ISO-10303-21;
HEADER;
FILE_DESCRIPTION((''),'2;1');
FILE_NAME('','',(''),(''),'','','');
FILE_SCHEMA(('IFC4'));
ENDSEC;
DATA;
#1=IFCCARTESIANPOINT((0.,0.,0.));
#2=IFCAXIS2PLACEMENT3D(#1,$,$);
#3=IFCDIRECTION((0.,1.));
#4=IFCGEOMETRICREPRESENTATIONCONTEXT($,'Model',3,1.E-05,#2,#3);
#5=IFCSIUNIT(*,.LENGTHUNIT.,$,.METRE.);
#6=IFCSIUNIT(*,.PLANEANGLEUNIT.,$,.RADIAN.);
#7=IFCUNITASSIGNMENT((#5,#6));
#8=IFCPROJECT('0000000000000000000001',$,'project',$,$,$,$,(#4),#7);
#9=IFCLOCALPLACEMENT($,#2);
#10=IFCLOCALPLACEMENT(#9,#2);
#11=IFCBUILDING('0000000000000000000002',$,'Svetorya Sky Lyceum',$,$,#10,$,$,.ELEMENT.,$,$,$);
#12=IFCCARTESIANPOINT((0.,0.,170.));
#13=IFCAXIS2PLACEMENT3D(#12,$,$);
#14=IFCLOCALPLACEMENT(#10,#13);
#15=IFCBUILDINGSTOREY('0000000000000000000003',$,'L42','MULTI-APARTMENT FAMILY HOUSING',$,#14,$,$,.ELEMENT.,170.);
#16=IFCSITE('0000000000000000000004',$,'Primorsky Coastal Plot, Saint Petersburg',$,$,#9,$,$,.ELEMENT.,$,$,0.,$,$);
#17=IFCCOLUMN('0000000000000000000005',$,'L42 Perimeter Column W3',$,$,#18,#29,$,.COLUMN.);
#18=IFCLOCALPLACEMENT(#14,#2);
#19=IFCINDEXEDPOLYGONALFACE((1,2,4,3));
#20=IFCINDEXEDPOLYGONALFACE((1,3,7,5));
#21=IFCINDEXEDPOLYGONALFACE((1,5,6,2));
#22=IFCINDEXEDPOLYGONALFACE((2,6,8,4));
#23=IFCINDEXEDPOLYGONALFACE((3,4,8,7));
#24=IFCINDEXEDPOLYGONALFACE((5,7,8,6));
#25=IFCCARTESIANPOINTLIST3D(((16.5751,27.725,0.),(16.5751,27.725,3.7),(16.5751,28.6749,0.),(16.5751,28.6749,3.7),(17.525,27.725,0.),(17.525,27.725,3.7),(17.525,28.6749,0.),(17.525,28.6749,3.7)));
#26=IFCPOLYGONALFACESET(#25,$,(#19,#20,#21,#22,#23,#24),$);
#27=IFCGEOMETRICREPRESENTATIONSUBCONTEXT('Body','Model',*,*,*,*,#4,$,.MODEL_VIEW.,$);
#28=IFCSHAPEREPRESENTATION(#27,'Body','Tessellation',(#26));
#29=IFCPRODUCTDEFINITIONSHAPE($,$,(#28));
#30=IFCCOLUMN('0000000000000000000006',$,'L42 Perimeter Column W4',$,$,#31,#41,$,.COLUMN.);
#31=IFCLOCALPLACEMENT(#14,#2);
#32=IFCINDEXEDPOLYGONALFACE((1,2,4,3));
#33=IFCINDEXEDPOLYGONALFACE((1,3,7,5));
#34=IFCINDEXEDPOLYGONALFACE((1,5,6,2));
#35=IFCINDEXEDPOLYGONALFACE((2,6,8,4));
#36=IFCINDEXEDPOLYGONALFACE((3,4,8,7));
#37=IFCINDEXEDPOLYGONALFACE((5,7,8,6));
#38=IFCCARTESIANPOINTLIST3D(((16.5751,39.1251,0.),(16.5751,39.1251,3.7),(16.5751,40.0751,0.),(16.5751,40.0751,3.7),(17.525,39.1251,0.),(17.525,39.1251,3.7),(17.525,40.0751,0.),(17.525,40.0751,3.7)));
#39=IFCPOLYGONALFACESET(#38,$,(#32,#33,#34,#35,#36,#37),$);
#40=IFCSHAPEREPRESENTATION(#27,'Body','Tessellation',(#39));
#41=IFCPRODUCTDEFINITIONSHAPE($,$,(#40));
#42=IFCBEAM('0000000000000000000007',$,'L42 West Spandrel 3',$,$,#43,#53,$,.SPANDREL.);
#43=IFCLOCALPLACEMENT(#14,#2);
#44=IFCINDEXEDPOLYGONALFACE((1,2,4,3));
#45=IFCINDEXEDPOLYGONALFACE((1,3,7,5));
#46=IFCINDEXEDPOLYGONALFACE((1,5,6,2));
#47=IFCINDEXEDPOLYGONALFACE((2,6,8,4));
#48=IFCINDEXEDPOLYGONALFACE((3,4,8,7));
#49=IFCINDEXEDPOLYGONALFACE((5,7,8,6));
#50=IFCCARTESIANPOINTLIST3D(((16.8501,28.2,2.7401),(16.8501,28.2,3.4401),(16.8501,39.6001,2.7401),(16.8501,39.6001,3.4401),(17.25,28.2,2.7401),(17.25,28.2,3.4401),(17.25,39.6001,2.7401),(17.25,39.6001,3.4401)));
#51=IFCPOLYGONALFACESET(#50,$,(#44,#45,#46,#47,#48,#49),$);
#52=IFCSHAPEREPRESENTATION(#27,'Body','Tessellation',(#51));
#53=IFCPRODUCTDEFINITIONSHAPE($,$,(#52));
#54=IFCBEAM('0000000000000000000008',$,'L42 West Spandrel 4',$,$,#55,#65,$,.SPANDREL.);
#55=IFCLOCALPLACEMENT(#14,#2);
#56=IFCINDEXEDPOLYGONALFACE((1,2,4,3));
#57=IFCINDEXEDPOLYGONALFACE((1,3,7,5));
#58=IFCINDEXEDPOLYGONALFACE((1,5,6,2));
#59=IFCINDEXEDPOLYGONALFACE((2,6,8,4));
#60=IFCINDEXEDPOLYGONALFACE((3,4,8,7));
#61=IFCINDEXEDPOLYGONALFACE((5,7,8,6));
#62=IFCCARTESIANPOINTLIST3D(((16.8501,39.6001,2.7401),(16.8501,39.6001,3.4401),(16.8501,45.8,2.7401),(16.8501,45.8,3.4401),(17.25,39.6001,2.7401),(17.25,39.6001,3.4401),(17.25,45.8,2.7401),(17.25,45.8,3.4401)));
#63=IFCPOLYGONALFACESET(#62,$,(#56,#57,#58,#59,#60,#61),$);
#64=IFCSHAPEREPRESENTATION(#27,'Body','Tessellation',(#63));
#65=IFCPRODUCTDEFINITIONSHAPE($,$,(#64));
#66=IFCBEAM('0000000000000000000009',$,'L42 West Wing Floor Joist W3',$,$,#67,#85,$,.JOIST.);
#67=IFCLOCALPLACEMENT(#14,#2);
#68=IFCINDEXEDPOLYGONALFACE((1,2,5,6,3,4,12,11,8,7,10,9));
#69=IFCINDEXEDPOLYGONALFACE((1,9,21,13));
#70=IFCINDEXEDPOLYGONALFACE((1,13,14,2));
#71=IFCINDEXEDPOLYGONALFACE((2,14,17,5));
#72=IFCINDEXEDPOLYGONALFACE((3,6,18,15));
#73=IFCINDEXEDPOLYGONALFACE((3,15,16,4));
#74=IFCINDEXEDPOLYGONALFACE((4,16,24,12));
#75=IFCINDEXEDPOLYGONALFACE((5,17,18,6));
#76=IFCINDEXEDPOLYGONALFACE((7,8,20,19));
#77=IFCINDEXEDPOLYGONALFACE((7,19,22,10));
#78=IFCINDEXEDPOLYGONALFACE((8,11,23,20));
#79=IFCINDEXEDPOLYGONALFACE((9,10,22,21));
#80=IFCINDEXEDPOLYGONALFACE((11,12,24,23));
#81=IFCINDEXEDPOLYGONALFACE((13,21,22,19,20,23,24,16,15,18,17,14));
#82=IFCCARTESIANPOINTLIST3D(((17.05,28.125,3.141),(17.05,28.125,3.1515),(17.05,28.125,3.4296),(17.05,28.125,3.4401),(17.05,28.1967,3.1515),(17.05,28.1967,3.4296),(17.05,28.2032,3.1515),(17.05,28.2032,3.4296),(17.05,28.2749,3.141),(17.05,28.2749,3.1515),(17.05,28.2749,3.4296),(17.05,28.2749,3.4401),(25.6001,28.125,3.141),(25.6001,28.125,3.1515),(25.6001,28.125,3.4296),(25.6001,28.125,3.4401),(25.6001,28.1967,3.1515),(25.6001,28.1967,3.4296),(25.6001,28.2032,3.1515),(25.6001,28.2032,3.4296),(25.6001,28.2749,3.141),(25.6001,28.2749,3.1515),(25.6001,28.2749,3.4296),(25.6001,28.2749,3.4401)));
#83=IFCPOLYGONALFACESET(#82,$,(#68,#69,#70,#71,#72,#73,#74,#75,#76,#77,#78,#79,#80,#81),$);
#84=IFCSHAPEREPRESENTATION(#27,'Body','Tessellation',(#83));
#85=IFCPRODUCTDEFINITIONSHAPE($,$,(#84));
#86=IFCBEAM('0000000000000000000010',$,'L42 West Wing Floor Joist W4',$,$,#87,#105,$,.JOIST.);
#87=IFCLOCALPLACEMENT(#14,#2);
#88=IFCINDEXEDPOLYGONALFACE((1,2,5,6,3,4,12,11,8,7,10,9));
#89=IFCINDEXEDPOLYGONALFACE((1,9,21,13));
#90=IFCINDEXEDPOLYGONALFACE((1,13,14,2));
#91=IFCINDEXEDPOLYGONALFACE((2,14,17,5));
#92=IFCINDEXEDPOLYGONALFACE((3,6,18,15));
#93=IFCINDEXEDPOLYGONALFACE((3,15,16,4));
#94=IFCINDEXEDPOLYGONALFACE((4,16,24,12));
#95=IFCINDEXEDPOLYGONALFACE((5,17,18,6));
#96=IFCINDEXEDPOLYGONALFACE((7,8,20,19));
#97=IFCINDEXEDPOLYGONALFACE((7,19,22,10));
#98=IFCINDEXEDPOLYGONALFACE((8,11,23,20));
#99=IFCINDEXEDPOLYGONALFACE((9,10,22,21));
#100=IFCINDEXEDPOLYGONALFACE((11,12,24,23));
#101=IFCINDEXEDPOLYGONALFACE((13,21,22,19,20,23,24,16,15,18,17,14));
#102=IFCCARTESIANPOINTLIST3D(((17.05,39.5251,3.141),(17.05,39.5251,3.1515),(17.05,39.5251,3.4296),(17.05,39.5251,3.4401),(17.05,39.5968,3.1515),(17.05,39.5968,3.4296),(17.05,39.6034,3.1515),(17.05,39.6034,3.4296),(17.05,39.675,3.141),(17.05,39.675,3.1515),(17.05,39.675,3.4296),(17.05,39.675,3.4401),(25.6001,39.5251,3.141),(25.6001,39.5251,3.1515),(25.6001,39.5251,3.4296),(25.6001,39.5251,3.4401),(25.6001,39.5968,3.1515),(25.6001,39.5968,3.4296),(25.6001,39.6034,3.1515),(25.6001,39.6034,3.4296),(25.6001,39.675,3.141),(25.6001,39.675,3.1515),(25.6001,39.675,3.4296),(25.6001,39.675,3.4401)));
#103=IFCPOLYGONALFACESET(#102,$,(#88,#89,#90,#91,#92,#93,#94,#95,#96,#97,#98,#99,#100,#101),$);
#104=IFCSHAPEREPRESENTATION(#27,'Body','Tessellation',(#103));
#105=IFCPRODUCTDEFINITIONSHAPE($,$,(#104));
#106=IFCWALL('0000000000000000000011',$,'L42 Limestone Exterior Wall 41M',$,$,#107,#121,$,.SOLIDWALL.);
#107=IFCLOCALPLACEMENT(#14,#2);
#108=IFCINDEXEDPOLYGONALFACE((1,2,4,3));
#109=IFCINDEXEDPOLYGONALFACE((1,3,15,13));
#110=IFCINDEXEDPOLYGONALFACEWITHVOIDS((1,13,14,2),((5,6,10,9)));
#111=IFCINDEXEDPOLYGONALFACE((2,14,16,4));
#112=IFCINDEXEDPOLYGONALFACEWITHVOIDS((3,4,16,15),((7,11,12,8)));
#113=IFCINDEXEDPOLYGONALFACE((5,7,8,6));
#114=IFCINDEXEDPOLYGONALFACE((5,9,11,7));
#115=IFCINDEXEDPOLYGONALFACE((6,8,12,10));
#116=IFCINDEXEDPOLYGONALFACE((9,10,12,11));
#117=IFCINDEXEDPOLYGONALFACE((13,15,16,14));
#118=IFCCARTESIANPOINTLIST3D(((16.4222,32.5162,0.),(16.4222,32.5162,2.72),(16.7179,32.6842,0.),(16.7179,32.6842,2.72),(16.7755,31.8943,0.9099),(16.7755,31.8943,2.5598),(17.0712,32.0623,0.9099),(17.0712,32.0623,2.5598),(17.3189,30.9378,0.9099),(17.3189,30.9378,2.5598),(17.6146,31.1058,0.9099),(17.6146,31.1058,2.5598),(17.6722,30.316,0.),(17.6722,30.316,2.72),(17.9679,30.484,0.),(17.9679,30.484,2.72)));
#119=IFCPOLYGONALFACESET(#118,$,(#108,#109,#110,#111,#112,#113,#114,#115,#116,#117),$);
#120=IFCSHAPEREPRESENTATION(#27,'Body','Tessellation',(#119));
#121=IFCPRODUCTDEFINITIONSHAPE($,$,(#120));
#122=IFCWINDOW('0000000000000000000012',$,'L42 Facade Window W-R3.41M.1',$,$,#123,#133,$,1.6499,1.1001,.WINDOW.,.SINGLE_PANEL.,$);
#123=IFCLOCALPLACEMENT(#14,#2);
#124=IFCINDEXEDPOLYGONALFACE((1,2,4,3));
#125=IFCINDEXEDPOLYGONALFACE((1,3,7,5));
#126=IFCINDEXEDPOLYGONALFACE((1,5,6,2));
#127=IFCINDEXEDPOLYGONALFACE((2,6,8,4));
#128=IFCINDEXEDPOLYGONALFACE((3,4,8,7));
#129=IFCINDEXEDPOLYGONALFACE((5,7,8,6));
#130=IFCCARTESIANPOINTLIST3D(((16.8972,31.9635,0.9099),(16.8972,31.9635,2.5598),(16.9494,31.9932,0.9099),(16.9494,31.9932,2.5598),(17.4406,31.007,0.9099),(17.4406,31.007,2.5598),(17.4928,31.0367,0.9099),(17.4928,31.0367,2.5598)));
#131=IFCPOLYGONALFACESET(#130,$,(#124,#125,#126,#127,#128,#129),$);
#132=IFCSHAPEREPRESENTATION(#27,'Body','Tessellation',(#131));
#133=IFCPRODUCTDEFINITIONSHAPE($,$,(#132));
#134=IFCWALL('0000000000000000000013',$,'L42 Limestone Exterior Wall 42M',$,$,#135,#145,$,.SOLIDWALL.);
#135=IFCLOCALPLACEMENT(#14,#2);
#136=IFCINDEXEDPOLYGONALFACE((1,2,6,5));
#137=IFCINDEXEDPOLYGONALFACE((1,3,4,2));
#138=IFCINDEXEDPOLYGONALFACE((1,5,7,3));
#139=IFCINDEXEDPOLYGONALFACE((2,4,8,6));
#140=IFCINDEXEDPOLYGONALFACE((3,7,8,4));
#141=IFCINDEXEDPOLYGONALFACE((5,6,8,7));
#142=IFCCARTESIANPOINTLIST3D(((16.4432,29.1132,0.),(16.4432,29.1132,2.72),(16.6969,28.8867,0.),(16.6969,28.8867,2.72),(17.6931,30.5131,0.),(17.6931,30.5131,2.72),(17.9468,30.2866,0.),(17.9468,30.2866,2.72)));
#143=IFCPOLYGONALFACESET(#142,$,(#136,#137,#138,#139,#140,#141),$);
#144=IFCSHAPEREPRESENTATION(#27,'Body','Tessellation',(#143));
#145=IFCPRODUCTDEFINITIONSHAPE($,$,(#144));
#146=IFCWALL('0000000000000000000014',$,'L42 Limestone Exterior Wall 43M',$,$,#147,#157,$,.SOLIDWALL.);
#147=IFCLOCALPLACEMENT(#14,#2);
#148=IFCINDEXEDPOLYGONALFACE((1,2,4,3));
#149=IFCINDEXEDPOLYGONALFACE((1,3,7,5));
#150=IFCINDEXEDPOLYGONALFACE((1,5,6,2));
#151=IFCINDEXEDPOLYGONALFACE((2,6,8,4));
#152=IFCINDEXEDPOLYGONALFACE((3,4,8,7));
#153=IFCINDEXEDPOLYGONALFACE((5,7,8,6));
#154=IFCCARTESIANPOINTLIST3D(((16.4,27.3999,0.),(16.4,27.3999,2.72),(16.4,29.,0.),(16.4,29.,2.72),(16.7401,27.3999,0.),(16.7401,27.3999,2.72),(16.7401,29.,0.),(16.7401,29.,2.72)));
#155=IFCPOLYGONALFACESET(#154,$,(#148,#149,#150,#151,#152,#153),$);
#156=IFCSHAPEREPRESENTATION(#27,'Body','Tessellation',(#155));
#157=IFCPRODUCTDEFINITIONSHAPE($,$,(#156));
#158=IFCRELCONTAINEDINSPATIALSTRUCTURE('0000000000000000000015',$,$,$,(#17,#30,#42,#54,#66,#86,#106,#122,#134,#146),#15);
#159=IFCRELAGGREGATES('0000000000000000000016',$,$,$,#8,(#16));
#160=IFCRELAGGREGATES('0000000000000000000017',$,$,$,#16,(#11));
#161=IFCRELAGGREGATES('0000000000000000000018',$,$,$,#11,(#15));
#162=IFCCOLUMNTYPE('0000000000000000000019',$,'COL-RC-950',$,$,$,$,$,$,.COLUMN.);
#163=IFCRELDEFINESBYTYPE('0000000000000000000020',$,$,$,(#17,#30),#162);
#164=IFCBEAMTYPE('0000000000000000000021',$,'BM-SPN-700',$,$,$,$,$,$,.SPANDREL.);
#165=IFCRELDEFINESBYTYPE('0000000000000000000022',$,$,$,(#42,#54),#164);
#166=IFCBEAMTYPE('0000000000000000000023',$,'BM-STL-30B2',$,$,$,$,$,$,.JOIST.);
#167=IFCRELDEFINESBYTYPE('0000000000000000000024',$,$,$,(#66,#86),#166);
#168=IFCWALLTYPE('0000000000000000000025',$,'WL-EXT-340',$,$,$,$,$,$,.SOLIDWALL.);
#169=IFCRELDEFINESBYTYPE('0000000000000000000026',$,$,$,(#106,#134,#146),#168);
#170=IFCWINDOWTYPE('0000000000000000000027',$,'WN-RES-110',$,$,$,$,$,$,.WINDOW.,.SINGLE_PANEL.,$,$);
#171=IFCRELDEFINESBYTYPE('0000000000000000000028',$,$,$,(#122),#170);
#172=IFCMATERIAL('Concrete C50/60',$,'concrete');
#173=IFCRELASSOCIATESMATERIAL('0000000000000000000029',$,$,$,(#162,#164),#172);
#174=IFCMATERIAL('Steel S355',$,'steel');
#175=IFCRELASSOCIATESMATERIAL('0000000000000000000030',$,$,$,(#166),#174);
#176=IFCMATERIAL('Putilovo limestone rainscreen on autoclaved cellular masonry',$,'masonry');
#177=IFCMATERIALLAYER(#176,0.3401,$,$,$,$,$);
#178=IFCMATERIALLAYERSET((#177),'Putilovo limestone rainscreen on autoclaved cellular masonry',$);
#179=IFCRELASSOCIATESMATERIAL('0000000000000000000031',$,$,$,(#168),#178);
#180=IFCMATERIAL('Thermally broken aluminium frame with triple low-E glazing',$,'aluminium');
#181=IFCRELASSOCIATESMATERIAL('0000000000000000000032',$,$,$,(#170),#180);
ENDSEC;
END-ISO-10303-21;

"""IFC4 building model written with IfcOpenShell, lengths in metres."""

from ifc_helpers import new_model, si_unit, direction, frame, frame_2d, origin, origin_2d, place, context, subcontext, project, spatial, rectangle, i_section, extrude, material, layer, layer_set, material_profile, profile_set, type_object, element, fill, save


model = new_model("IFC4")

# Units and contexts
model_context = context("Model", 3, precision=1e-05, world=origin(), true_north=direction((0.0, 1.0)))
body_context = subcontext(model_context, "Body", "Model", "MODEL_VIEW")
ifc_project = project(units=[si_unit("LENGTHUNIT", "METRE"), si_unit("PLANEANGLEUNIT", "RADIAN")], contexts=[model_context])

# Site, building, storey
site_placement = place(None, origin())
site = spatial("IfcSite", under=ifc_project, at=site_placement, Name="Primorsky Coastal Plot, Saint Petersburg", CompositionType="ELEMENT", RefElevation=0.0)
building_placement = place(site_placement, origin())
building = spatial("IfcBuilding", under=site, at=building_placement, Name="Svetorya Sky Lyceum", CompositionType="ELEMENT")
storey_placement = place(building_placement, frame((0.0, 0.0, 170.0)))
storey = spatial("IfcBuildingStorey", under=building, at=storey_placement, Name="L42", Description="MULTI-APARTMENT FAMILY HOUSING", CompositionType="ELEMENT", Elevation=170.0)

# Columns
ifc_material_1 = material(Name="Concrete C50/60", Category="concrete")
ifc_material_profile_1 = material_profile(ifc_material_1, rectangle(XDim=0.95, YDim=0.95, at=origin_2d()), Name="RC COL 950x950")
ifc_profile_set_1 = profile_set([ifc_material_profile_1], Name="Concrete C50/60")
column_type = type_object("IfcColumnType", Name="COL-RC-950", PredefinedType="COLUMN", material=ifc_profile_set_1)
for number, where, z_axis, x_axis, name in (
    (1, (17.05, 28.2, 0.0), (0.0, 0.0, 1.0), (1.0, 0.0, 0.0), "L42 Perimeter Column W3"),
    (2, (17.05, 39.6001, 0.0), (0.0, 0.0, 1.0), (1.0, 0.0, 0.0), "L42 Perimeter Column W4"),
):
    element("IfcColumn", number, at=place(storey_placement, frame(where, z_axis=z_axis, x_axis=x_axis)), inside=storey, type_object=column_type, Name=name, PredefinedType="COLUMN", context=body_context, shape_type="SweptSolid", body=[
        extrude(rectangle(XDim=0.95, YDim=0.95, at=origin_2d()), origin(), (0.0, 0.0, 1.0), 3.7),
    ])

# Beams
ifc_material_profile_2 = material_profile(ifc_material_1, rectangle(XDim=0.3999, YDim=0.7, at=origin_2d()), Name="RC SPANDREL 400x700")
ifc_profile_set_2 = profile_set([ifc_material_profile_2], Name="Concrete C50/60")
beam_type_1 = type_object("IfcBeamType", Name="BM-SPN-700", PredefinedType="SPANDREL", material=ifc_profile_set_2)
beam_1_placement = place(storey_placement, frame((17.05, 28.2, 3.0901), z_axis=(0.0, 1.0, 0.0), x_axis=(-1.0, 0.0, 0.0)))
element("IfcBeam", 3, at=beam_1_placement, inside=storey, type_object=beam_type_1, Name="L42 West Spandrel 3", PredefinedType="SPANDREL", context=body_context, shape_type="SweptSolid", body=[
    extrude(rectangle(XDim=0.3999, YDim=0.7, at=origin_2d()), origin(), (0.0, 0.0, 1.0), 11.4001),
])
beam_2_placement = place(storey_placement, frame((17.05, 39.6001, 3.0901), z_axis=(0.0, 1.0, 0.0), x_axis=(-1.0, 0.0, 0.0)))
element("IfcBeam", 4, at=beam_2_placement, inside=storey, type_object=beam_type_1, Name="L42 West Spandrel 4", PredefinedType="SPANDREL", context=body_context, shape_type="SweptSolid", body=[
    extrude(rectangle(XDim=0.3999, YDim=0.7, at=origin_2d()), origin(), (0.0, 0.0, 1.0), 6.2),
])
ifc_material_2 = material(Name="Steel S355", Category="steel")
ifc_material_profile_3 = material_profile(ifc_material_2, i_section(OverallWidth=0.1499, OverallDepth=0.2991, WebThickness=0.0066, FlangeThickness=0.0105, at=origin_2d()), Name="GOST 30B2")
ifc_profile_set_3 = profile_set([ifc_material_profile_3], Name="Steel S355")
beam_type_2 = type_object("IfcBeamType", Name="BM-STL-30B2", PredefinedType="JOIST", material=ifc_profile_set_3)
for number, where, z_axis, x_axis, name in (
    (5, (17.05, 28.2, 3.2905), (1.0, 0.0, 0.0), (0.0, 1.0, 0.0), "L42 West Wing Floor Joist W3"),
    (6, (17.05, 39.6001, 3.2905), (1.0, 0.0, 0.0), (0.0, 1.0, 0.0), "L42 West Wing Floor Joist W4"),
):
    element("IfcBeam", number, at=place(storey_placement, frame(where, z_axis=z_axis, x_axis=x_axis)), inside=storey, type_object=beam_type_2, Name=name, PredefinedType="JOIST", context=body_context, shape_type="SweptSolid", body=[
        extrude(i_section(OverallWidth=0.1499, OverallDepth=0.2991, WebThickness=0.0066, FlangeThickness=0.0105, at=origin_2d()), origin(), (0.0, 0.0, 1.0), 8.55),
    ])

# Wall, opening, window
ifc_material_3 = material(Name="Putilovo limestone rainscreen on autoclaved cellular masonry", Category="masonry")
ifc_layer_1 = layer(ifc_material_3, 0.3401)
ifc_layer_set_1 = layer_set([ifc_layer_1], Name="Putilovo limestone rainscreen on autoclaved cellular masonry")
wall_type_1 = type_object("IfcWallType", Name="WL-EXT-340", PredefinedType="SOLIDWALL", material=ifc_layer_set_1)
wall_1_placement = place(storey_placement, frame((16.5701, 32.6001, 0.0), z_axis=(0.0, 0.0, 1.0), x_axis=(0.493976, -0.869475, 0.0)))
wall_1 = element("IfcWall", 7, at=wall_1_placement, inside=storey, type_object=wall_type_1, Name="L42 Limestone Exterior Wall 41M", PredefinedType="SOLIDWALL", context=body_context, shape_type="SweptSolid", body=[
    extrude(rectangle(XDim=2.5305, YDim=0.3401, at=frame_2d((1.2651, 0.0))), origin(), (0.0, 0.0, 1.0), 2.72),
])
opening_1_placement = place(wall_1_placement, frame((0.7151, 0.0, 0.9099)))
opening_1 = element("IfcOpeningElement", 8, at=opening_1_placement, cuts=wall_1, PredefinedType="OPENING", context=body_context, shape_type="SweptSolid", body=[
    extrude(rectangle(XDim=1.1001, YDim=1.6499, at=frame_2d((0.55, 0.825))), frame((0.0, 0.1799, 0.0), z_axis=(0.0, -1.0, 0.0), x_axis=(1.0, 0.0, 0.0)), (0.0, 0.0, 1.0), 0.3601),
])
ifc_material_4 = material(Name="Thermally broken aluminium frame with triple low-E glazing", Category="aluminium")
window_type_1 = type_object("IfcWindowType", Name="WN-RES-110", PartitioningType="SINGLE_PANEL", PredefinedType="WINDOW", material=ifc_material_4)
window_1_placement = place(opening_1_placement, origin())
window_1 = element("IfcWindow", 9, at=window_1_placement, inside=storey, type_object=window_type_1, Name="L42 Facade Window W-R3.41M.1", OverallHeight=1.6499, OverallWidth=1.1001, PartitioningType="SINGLE_PANEL", PredefinedType="WINDOW", context=body_context, shape_type="SweptSolid", body=[
    extrude(rectangle(XDim=1.1001, YDim=1.6499, at=frame_2d((0.55, 0.825))), frame((0.0, 0.03, 0.0), z_axis=(0.0, -1.0, 0.0), x_axis=(1.0, 0.0, 0.0)), (0.0, 0.0, 1.0), 0.0601),
])
fill(opening_1, window_1)

# Walls
wall_2_placement = place(storey_placement, frame((17.8201, 30.3999, 0.0), z_axis=(0.0, 0.0, 1.0), x_axis=(-0.666042, -0.745915, 0.0)))
element("IfcWall", 10, at=wall_2_placement, inside=storey, type_object=wall_type_1, Name="L42 Limestone Exterior Wall 42M", PredefinedType="SOLIDWALL", context=body_context, shape_type="SweptSolid", body=[
    extrude(rectangle(XDim=1.8767, YDim=0.3401, at=frame_2d((0.9385, 0.0))), origin(), (0.0, 0.0, 1.0), 2.72),
])
wall_3_placement = place(storey_placement, frame((16.5701, 29.0, 0.0), z_axis=(0.0, 0.0, 1.0), x_axis=(0.0, -1.0, 0.0)))
element("IfcWall", 11, at=wall_3_placement, inside=storey, type_object=wall_type_1, Name="L42 Limestone Exterior Wall 43M", PredefinedType="SOLIDWALL", context=body_context, shape_type="SweptSolid", body=[
    extrude(rectangle(XDim=1.6001, YDim=0.3401, at=frame_2d((0.8, 0.0))), origin(), (0.0, 0.0, 1.0), 2.72),
])

save(model, "model.ifc")
